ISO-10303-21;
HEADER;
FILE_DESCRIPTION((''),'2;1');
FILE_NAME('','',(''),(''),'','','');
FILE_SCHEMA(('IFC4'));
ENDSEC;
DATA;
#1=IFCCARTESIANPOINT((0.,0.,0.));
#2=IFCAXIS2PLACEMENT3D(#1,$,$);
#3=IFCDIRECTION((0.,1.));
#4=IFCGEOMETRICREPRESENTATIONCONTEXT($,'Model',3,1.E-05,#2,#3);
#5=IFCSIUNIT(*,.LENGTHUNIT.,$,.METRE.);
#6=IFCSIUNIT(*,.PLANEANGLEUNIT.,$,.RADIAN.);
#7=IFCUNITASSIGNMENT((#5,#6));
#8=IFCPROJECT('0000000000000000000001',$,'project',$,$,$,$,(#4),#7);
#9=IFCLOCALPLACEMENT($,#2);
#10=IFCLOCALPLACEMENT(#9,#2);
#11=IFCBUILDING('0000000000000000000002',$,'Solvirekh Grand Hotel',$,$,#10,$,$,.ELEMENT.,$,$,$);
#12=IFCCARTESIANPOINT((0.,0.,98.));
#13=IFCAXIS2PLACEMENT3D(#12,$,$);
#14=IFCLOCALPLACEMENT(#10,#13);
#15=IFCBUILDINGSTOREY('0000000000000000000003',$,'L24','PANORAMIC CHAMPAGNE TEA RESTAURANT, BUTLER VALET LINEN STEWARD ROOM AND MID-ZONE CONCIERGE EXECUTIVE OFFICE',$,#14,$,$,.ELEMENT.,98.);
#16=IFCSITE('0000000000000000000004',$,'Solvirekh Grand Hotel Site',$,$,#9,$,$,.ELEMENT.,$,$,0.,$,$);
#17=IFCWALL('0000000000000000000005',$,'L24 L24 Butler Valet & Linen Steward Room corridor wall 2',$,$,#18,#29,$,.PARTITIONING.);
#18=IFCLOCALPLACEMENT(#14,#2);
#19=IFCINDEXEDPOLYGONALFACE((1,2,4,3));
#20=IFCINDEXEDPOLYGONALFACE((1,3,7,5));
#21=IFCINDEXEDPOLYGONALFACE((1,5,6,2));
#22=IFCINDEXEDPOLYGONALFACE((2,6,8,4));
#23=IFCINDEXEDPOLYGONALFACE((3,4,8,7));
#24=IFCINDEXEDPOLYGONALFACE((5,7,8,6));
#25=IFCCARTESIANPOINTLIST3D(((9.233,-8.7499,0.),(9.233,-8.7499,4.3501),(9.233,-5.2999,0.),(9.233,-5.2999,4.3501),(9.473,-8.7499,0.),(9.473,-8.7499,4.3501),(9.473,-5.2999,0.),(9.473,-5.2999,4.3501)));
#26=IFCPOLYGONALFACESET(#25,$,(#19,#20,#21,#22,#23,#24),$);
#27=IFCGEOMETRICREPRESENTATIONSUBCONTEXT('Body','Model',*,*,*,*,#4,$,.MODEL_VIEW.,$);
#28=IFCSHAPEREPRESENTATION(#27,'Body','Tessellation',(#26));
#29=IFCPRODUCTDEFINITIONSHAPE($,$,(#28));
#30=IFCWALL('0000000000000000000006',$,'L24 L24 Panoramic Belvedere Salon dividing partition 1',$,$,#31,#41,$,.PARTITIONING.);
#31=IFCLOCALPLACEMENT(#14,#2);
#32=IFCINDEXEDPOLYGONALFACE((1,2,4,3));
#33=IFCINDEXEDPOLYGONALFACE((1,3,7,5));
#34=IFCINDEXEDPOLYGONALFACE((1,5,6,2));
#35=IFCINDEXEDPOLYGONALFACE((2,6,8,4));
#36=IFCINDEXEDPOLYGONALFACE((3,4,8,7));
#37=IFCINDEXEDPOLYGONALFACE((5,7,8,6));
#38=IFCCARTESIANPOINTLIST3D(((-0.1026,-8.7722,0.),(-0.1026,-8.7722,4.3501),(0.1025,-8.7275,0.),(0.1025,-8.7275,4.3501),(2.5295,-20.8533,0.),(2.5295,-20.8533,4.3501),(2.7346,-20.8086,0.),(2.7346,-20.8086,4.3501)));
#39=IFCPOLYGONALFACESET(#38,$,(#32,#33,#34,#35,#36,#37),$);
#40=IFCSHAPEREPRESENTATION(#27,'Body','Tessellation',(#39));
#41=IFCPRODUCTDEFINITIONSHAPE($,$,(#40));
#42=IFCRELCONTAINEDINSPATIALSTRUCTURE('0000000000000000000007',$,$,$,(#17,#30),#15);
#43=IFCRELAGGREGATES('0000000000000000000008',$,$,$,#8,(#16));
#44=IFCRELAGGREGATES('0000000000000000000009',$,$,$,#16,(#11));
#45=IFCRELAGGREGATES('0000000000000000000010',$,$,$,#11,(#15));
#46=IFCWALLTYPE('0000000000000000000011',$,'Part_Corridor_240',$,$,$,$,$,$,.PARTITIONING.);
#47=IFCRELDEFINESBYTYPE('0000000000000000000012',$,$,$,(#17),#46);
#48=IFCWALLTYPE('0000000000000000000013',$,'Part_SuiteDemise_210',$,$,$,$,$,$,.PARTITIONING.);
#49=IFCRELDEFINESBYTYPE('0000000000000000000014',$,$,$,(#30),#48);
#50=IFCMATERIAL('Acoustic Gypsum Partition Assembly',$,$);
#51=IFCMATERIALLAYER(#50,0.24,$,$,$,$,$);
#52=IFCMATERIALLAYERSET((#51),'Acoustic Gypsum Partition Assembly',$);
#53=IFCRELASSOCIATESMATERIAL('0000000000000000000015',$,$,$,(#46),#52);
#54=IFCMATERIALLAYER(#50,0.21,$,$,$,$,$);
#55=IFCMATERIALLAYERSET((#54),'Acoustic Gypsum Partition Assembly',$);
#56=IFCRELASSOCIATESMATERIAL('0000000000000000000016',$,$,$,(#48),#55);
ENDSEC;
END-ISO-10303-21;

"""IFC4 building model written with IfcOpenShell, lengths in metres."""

from ifc_helpers import new_model, si_unit, direction, frame, frame_2d, origin, place, context, subcontext, project, spatial, rectangle, extrude, material, layer, layer_set, type_object, element, save


model = new_model("IFC4")

# Units and contexts
model_context = context("Model", 3, precision=1e-05, world=origin(), true_north=direction((0.0, 1.0)))
body_context = subcontext(model_context, "Body", "Model", "MODEL_VIEW")
ifc_project = project(units=[si_unit("LENGTHUNIT", "METRE"), si_unit("PLANEANGLEUNIT", "RADIAN")], contexts=[model_context])

# Site, building, storey
site_placement = place(None, origin())
site = spatial("IfcSite", under=ifc_project, at=site_placement, Name="Solvirekh Grand Hotel Site", CompositionType="ELEMENT", RefElevation=0.0)
building_placement = place(site_placement, origin())
building = spatial("IfcBuilding", under=site, at=building_placement, Name="Solvirekh Grand Hotel", CompositionType="ELEMENT")
storey_placement = place(building_placement, frame((0.0, 0.0, 98.0)))
storey = spatial("IfcBuildingStorey", under=building, at=storey_placement, Name="L24", Description="PANORAMIC CHAMPAGNE TEA RESTAURANT, BUTLER VALET LINEN STEWARD ROOM AND MID-ZONE CONCIERGE EXECUTIVE OFFICE", CompositionType="ELEMENT", Elevation=98.0)

# Shared definitions
ifc_material_1 = material(Name="Acoustic Gypsum Partition Assembly")
ifc_layer_1 = layer(ifc_material_1, 0.24)
ifc_layer_set_1 = layer_set([ifc_layer_1], Name="Acoustic Gypsum Partition Assembly")
wall_type_1 = type_object("IfcWallType", Name="Part_Corridor_240", PredefinedType="PARTITIONING", material=ifc_layer_set_1)

# Walls
wall_1_placement = place(storey_placement, frame((9.353, -8.75, 0.0), z_axis=(0.0, 0.0, 1.0), x_axis=(0.0, 1.0, 0.0)))
element("IfcWall", 1, at=wall_1_placement, inside=storey, type_object=wall_type_1, Name="L24 L24 Butler Valet & Linen Steward Room corridor wall 2", PredefinedType="PARTITIONING", context=body_context, shape_type="SweptSolid", body=[
    extrude(rectangle(XDim=3.45, YDim=0.24, at=frame_2d((1.7251, 0.0))), origin(), (0.0, 0.0, 1.0), 4.3501),
])
ifc_layer_2 = layer(ifc_material_1, 0.21)
ifc_layer_set_2 = layer_set([ifc_layer_2], Name="Acoustic Gypsum Partition Assembly")
wall_type_2 = type_object("IfcWallType", Name="Part_SuiteDemise_210", PredefinedType="PARTITIONING", material=ifc_layer_set_2)
wall_2_placement = place(storey_placement, frame((0.0, -8.75, 0.0), z_axis=(0.0, 0.0, 1.0), x_axis=(0.212875, -0.977079, 0.0)))
element("IfcWall", 2, at=wall_2_placement, inside=storey, type_object=wall_type_2, Name="L24 L24 Panoramic Belvedere Salon dividing partition 1", PredefinedType="PARTITIONING", context=body_context, shape_type="SweptSolid", body=[
    extrude(rectangle(XDim=12.3645, YDim=0.21, at=frame_2d((6.1821, 0.0))), origin(), (0.0, 0.0, 1.0), 4.3501),
])

save(model, "model.ifc")
